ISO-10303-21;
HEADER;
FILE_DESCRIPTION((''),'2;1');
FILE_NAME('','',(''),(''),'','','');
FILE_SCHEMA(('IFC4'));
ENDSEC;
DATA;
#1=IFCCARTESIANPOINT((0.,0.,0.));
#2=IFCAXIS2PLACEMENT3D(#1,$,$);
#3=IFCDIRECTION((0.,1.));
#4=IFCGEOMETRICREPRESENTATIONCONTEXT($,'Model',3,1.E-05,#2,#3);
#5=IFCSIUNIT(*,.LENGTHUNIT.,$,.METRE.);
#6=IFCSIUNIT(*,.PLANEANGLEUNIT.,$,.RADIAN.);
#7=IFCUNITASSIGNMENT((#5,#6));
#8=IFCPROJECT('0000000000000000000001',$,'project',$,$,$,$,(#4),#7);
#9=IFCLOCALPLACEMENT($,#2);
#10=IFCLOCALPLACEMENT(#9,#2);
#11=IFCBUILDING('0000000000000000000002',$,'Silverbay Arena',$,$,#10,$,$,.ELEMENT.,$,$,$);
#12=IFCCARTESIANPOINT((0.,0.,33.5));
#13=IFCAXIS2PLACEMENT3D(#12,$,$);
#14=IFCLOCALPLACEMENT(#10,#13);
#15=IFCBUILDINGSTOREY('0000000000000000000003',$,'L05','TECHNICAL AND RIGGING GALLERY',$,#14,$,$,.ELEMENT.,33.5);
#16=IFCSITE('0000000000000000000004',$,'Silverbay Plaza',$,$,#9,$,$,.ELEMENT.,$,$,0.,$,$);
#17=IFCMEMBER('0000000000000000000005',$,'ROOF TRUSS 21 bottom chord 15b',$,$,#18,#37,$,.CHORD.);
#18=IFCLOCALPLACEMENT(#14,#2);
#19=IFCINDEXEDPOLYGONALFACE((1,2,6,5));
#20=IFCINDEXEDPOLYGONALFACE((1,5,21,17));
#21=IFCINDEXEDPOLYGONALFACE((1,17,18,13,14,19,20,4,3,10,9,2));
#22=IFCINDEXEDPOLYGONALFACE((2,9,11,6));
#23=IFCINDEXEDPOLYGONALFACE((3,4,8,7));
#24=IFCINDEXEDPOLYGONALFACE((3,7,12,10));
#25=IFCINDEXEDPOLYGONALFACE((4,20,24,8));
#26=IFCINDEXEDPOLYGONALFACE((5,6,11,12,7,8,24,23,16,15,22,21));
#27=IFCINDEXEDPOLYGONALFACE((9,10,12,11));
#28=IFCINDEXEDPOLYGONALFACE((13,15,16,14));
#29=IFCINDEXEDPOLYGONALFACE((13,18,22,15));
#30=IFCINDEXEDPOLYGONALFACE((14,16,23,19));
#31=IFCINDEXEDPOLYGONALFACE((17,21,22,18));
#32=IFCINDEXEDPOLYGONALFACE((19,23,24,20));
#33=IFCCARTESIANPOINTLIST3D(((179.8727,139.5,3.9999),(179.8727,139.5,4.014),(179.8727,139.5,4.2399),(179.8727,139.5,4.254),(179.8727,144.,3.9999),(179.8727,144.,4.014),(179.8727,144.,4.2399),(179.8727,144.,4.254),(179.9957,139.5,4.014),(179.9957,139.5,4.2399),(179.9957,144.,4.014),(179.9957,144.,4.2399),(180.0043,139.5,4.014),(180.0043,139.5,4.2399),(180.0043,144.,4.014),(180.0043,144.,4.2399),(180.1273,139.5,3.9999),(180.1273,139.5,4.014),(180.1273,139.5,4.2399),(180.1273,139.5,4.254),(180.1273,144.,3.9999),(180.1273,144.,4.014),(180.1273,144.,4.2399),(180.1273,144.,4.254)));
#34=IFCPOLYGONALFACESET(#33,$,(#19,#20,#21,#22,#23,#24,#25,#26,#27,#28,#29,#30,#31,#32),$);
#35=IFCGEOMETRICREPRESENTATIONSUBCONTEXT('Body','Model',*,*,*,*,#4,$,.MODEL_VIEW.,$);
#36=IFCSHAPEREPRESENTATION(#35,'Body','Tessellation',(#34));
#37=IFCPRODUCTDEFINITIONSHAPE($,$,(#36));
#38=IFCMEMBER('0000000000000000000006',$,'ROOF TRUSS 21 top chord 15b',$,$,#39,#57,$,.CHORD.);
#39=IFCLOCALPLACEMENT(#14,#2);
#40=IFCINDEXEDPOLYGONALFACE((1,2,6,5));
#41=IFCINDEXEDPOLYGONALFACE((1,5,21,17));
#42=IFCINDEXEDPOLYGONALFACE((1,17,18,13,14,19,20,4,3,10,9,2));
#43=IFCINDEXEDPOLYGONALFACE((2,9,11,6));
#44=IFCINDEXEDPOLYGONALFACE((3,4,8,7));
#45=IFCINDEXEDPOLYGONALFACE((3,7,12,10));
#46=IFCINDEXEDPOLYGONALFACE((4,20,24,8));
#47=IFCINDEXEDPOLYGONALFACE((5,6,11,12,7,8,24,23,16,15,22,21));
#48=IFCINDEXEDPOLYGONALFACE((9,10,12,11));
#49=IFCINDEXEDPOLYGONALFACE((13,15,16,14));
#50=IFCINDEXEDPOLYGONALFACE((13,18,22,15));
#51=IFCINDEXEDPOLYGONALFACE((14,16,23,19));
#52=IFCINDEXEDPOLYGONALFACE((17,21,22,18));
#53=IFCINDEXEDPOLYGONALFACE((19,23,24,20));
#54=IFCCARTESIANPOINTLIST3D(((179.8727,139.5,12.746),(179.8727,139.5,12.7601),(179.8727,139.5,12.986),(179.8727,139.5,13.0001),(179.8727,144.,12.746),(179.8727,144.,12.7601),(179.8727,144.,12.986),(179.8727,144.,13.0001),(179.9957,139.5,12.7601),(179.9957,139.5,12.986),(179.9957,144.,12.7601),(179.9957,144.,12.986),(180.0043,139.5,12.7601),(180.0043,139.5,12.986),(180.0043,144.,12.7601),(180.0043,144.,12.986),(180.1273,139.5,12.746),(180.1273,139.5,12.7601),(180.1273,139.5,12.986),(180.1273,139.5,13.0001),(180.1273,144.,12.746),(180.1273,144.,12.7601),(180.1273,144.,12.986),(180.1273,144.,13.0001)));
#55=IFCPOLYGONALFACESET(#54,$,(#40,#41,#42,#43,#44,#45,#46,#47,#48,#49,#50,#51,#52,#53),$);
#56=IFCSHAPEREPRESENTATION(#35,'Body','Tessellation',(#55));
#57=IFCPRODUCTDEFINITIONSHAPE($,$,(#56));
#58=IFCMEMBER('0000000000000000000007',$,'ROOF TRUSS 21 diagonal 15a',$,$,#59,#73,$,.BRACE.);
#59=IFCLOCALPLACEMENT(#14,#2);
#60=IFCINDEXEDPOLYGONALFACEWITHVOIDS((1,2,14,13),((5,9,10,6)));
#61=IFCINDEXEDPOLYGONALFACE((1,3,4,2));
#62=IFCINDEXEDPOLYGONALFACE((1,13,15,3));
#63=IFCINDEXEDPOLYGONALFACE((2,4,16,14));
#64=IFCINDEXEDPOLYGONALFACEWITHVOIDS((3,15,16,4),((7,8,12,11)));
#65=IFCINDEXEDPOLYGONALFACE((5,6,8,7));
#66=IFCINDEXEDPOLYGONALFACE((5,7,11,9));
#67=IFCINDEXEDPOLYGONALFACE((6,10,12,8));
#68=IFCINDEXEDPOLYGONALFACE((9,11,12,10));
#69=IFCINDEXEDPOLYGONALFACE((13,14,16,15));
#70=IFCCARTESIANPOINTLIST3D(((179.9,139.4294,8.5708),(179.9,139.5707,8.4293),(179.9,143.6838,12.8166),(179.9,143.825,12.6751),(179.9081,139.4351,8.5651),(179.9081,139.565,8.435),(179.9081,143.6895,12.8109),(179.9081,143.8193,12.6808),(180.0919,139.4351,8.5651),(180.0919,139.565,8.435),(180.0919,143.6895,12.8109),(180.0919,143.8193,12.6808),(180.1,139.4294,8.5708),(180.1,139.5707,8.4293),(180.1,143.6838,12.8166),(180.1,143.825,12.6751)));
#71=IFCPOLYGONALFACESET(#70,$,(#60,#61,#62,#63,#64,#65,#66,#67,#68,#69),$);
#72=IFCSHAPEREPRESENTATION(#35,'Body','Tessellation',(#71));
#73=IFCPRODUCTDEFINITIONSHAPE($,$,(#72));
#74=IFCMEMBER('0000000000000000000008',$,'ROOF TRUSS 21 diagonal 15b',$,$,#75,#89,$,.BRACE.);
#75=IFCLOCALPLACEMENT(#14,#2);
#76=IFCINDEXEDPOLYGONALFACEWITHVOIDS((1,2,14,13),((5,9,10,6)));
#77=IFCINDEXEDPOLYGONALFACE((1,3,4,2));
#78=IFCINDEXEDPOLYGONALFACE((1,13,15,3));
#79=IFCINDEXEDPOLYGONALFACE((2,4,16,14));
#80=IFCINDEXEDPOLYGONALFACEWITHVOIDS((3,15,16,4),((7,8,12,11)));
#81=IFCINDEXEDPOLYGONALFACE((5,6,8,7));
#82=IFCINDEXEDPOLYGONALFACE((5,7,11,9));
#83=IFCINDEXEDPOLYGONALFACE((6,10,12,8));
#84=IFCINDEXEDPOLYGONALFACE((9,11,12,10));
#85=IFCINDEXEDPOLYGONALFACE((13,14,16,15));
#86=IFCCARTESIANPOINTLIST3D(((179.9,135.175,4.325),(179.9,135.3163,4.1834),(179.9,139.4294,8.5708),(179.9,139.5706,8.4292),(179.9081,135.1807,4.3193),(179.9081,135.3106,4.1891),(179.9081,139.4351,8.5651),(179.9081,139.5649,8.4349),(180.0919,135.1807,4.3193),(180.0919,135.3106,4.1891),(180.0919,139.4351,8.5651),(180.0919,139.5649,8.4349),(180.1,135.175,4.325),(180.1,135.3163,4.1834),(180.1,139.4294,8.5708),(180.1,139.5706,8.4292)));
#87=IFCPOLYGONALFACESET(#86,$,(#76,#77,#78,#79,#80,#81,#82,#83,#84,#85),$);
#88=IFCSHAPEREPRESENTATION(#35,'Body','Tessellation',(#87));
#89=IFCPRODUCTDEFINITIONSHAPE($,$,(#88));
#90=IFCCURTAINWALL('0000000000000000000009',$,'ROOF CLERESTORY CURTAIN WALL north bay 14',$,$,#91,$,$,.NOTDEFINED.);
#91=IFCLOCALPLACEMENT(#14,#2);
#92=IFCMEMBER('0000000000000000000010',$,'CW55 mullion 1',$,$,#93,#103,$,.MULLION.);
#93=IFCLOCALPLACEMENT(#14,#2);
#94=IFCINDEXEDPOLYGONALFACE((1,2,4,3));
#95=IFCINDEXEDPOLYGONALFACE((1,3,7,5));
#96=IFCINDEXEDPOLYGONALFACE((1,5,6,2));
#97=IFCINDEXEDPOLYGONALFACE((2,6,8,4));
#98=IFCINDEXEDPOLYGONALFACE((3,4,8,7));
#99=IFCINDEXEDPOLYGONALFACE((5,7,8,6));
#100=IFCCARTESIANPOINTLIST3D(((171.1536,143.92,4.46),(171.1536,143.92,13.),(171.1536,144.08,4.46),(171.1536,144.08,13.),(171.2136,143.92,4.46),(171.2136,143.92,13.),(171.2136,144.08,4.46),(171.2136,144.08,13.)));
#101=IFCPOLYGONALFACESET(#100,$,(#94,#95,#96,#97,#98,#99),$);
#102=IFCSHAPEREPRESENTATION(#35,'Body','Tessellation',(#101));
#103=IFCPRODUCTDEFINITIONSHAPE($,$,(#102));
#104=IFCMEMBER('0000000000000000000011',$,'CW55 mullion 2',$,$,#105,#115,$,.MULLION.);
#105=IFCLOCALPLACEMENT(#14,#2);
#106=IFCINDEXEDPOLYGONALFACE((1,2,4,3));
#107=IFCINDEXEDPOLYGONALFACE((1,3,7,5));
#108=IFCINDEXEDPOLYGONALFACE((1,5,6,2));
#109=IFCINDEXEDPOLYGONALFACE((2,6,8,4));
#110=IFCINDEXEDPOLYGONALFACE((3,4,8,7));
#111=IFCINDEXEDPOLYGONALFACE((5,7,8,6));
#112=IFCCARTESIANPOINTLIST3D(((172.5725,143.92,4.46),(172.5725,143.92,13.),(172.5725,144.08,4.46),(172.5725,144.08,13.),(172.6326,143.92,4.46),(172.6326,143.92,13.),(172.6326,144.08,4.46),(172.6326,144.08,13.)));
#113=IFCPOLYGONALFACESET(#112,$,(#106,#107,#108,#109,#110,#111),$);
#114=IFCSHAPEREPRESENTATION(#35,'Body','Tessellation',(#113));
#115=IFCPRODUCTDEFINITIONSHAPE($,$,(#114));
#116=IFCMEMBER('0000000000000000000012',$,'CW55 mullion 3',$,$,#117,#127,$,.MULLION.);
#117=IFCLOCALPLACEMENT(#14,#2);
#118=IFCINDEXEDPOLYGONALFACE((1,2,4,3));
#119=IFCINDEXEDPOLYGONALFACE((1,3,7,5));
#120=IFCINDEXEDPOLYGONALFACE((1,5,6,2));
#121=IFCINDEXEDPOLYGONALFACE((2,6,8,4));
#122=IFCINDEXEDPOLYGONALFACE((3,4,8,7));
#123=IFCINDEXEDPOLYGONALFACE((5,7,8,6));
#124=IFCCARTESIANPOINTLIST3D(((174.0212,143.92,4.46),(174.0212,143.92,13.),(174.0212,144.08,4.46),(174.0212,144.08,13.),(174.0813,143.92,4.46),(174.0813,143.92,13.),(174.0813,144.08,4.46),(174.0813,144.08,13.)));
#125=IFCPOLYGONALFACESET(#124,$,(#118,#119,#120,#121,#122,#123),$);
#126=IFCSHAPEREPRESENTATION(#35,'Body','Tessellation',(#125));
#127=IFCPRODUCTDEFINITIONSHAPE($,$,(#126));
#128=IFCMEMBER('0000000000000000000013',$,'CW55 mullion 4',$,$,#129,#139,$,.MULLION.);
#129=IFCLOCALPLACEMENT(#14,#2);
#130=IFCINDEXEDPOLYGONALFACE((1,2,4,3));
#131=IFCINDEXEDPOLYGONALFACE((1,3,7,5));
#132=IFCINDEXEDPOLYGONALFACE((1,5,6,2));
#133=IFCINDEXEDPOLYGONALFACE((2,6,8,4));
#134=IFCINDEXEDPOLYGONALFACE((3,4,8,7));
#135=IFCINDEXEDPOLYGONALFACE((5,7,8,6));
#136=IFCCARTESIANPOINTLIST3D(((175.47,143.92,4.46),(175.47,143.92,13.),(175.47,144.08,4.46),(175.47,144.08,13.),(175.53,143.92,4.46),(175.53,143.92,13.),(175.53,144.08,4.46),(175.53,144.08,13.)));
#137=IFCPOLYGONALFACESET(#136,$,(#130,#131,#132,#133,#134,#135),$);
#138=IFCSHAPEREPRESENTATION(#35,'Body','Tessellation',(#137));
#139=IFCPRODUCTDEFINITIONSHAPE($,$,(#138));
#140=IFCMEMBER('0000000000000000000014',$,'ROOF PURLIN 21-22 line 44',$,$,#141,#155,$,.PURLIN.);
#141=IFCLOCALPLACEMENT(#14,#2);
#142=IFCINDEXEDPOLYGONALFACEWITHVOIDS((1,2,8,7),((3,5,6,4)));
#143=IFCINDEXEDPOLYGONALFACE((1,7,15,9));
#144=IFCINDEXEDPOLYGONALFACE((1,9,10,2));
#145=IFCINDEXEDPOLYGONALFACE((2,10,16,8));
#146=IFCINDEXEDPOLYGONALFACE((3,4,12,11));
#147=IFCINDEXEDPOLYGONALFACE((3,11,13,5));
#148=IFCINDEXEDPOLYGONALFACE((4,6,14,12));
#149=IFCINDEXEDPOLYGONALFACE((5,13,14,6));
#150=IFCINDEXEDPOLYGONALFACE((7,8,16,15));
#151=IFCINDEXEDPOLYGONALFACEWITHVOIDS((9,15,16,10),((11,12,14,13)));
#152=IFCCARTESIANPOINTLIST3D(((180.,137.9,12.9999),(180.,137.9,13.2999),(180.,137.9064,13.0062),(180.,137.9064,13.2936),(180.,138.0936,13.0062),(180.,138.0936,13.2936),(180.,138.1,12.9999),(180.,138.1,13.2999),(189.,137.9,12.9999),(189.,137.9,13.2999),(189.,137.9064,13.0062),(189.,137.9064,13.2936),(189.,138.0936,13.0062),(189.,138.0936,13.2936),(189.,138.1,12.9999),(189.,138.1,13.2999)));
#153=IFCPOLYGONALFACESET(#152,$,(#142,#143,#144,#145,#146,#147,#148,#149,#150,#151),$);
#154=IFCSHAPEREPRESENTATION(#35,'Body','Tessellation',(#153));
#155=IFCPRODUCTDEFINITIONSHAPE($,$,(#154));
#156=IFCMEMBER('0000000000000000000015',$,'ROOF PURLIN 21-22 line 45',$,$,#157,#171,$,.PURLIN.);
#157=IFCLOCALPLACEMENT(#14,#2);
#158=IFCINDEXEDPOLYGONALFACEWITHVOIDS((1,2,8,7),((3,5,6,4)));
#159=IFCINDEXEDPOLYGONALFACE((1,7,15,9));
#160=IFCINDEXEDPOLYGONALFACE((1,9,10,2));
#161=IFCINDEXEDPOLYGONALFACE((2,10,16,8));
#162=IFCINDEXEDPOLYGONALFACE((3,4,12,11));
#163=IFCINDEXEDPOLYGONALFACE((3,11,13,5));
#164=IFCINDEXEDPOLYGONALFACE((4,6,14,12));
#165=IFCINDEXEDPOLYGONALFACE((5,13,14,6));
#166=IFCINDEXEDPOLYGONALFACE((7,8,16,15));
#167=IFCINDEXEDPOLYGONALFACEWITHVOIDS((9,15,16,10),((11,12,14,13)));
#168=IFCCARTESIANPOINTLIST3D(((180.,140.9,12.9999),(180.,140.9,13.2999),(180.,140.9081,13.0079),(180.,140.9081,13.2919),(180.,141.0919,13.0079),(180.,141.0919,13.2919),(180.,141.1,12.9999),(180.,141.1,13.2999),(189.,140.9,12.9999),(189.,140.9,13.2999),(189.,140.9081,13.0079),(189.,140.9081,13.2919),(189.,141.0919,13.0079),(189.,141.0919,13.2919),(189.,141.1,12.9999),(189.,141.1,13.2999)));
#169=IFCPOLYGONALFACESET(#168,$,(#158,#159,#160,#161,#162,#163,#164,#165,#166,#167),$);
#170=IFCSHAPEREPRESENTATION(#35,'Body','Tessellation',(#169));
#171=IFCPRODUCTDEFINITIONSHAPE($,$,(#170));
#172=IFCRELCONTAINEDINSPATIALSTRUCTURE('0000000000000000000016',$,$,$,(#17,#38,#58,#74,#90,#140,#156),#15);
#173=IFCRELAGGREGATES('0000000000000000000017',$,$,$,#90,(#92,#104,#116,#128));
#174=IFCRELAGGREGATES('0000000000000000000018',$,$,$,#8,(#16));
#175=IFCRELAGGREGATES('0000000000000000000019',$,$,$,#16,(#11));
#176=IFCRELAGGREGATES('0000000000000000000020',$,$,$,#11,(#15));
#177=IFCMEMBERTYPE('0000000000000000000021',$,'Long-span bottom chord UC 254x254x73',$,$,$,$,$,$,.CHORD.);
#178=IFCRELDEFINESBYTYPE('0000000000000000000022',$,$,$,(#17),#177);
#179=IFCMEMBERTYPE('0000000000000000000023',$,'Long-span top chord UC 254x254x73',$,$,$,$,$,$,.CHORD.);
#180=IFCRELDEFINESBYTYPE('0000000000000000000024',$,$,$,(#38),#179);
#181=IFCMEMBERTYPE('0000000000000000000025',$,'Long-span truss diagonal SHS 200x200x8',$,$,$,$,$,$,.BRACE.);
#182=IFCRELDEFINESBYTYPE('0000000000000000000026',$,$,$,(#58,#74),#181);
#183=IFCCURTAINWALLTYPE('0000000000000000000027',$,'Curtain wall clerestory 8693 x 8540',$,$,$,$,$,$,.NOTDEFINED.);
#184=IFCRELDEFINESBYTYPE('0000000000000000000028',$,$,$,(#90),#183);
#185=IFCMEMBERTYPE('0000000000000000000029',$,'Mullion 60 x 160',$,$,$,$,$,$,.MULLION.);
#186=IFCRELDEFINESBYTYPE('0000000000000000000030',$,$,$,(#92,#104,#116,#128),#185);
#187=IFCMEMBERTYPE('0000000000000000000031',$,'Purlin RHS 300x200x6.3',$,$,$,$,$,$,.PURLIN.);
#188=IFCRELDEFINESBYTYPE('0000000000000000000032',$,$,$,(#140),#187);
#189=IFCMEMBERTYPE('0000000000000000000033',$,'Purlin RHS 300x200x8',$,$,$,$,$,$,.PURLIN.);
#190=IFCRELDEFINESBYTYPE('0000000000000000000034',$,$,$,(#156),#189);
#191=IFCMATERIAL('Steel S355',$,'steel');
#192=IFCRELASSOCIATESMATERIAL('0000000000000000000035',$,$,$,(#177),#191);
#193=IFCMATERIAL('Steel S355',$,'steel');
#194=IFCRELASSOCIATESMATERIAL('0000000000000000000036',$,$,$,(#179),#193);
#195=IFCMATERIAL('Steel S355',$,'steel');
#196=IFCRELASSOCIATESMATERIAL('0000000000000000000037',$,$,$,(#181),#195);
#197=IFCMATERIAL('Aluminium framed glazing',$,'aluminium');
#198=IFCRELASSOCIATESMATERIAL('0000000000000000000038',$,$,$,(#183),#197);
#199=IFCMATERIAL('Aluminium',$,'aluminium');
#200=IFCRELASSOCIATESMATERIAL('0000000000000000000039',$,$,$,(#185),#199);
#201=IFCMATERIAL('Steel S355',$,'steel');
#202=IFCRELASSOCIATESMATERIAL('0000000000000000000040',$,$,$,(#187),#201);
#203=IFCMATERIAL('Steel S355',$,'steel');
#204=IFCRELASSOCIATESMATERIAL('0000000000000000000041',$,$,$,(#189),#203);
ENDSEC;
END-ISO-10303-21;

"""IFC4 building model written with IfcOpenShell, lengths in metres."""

from ifc_helpers import new_model, si_unit, direction, frame, origin, origin_2d, place, context, subcontext, project, spatial, rectangle, hollow_rectangle, i_section, extrude, material, material_profile, profile_set, type_object, element, aggregate, save


model = new_model("IFC4")

# Units and contexts
model_context = context("Model", 3, precision=1e-05, world=origin(), true_north=direction((0.0, 1.0)))
body_context = subcontext(model_context, "Body", "Model", "MODEL_VIEW")
ifc_project = project(units=[si_unit("LENGTHUNIT", "METRE"), si_unit("PLANEANGLEUNIT", "RADIAN")], contexts=[model_context])

# Site, building, storey
site_placement = place(None, origin())
site = spatial("IfcSite", under=ifc_project, at=site_placement, Name="Silverbay Plaza", CompositionType="ELEMENT", RefElevation=0.0)
building_placement = place(site_placement, origin())
building = spatial("IfcBuilding", under=site, at=building_placement, Name="Silverbay Arena", CompositionType="ELEMENT")
storey_placement = place(building_placement, frame((0.0, 0.0, 33.5)))
storey = spatial("IfcBuildingStorey", under=building, at=storey_placement, Name="L05", Description="TECHNICAL AND RIGGING GALLERY", CompositionType="ELEMENT", Elevation=33.5)

# Members
ifc_material_1 = material(Name="Steel S355", Category="steel")
ifc_material_profile_1 = material_profile(ifc_material_1, i_section(OverallWidth=0.2546, OverallDepth=0.2542, WebThickness=0.0085, FlangeThickness=0.0142, at=origin_2d()), Name="UC 254x254x73")
ifc_profile_set_1 = profile_set([ifc_material_profile_1], Name="Steel S355")
member_type_1 = type_object("IfcMemberType", Name="Long-span bottom chord UC 254x254x73", PredefinedType="CHORD", material=ifc_profile_set_1)
member_1_placement = place(storey_placement, frame((180.0, 139.5, 4.127), z_axis=(0.0, 1.0, 0.0), x_axis=(-1.0, 0.0, 0.0)))
element("IfcMember", 1, at=member_1_placement, inside=storey, type_object=member_type_1, Name="ROOF TRUSS 21 bottom chord 15b", PredefinedType="CHORD", context=body_context, shape_type="SweptSolid", body=[
    extrude(i_section(OverallWidth=0.2546, OverallDepth=0.2542, WebThickness=0.0085, FlangeThickness=0.0142, at=origin_2d()), origin(), (0.0, 0.0, 1.0), 4.5),
])
ifc_material_2 = material(Name="Steel S355", Category="steel")
ifc_material_profile_2 = material_profile(ifc_material_2, i_section(OverallWidth=0.2546, OverallDepth=0.2542, WebThickness=0.0085, FlangeThickness=0.0142, at=origin_2d()), Name="UC 254x254x73")
ifc_profile_set_2 = profile_set([ifc_material_profile_2], Name="Steel S355")
member_type_2 = type_object("IfcMemberType", Name="Long-span top chord UC 254x254x73", PredefinedType="CHORD", material=ifc_profile_set_2)
member_2_placement = place(storey_placement, frame((180.0, 139.5, 12.873), z_axis=(0.0, 1.0, 0.0), x_axis=(-1.0, 0.0, 0.0)))
element("IfcMember", 2, at=member_2_placement, inside=storey, type_object=member_type_2, Name="ROOF TRUSS 21 top chord 15b", PredefinedType="CHORD", context=body_context, shape_type="SweptSolid", body=[
    extrude(i_section(OverallWidth=0.2546, OverallDepth=0.2542, WebThickness=0.0085, FlangeThickness=0.0142, at=origin_2d()), origin(), (0.0, 0.0, 1.0), 4.5),
])
ifc_material_3 = material(Name="Steel S355", Category="steel")
ifc_material_profile_3 = material_profile(ifc_material_3, hollow_rectangle(XDim=0.2, YDim=0.2, WallThickness=0.0081, at=origin_2d()), Name="SHS 200x200x8")
ifc_profile_set_3 = profile_set([ifc_material_profile_3], Name="Steel S355")
member_type_3 = type_object("IfcMemberType", Name="Long-span truss diagonal SHS 200x200x8", PredefinedType="BRACE", material=ifc_profile_set_3)
for number, where, z_axis, x_axis, name in (
    (3, (180.0, 143.7544, 12.7458), (0.0, -0.707817, -0.706396), (1.0, 0.0, 0.0), "ROOF TRUSS 21 diagonal 15a"),
    (4, (180.0, 139.5, 8.5), (0.0, -0.707817, -0.706396), (1.0, 0.0, 0.0), "ROOF TRUSS 21 diagonal 15b"),
):
    element("IfcMember", number, at=place(storey_placement, frame(where, z_axis=z_axis, x_axis=x_axis)), inside=storey, type_object=member_type_3, Name=name, PredefinedType="BRACE", context=body_context, shape_type="SweptSolid", body=[
        extrude(hollow_rectangle(XDim=0.2, YDim=0.2, WallThickness=0.0081, at=origin_2d()), origin(), (0.0, 0.0, 1.0), 6.0105),
    ])

# Curtain wall, members
ifc_material_4 = material(Name="Aluminium framed glazing", Category="aluminium")
curtain_wall_type = type_object("IfcCurtainWallType", Name="Curtain wall clerestory 8693 x 8540", PredefinedType="NOTDEFINED", material=ifc_material_4)
curtain_wall_placement = place(storey_placement, origin())
curtain_wall = element("IfcCurtainWall", 5, at=curtain_wall_placement, inside=storey, type_object=curtain_wall_type, Name="ROOF CLERESTORY CURTAIN WALL north bay 14", PredefinedType="NOTDEFINED")
ifc_material_5 = material(Name="Aluminium", Category="aluminium")
ifc_material_profile_4 = material_profile(ifc_material_5, rectangle(XDim=0.1599, YDim=0.0601, at=origin_2d()), Name="Mullion 60 x 160")
ifc_profile_set_4 = profile_set([ifc_material_profile_4], Name="Aluminium")
member_type_4 = type_object("IfcMemberType", Name="Mullion 60 x 160", PredefinedType="MULLION", material=ifc_profile_set_4)
member_3_placement = place(storey_placement, frame((171.1836, 144.0, 4.46), z_axis=(0.0, 0.0, 1.0), x_axis=(0.0, 1.0, 0.0)))
member_3 = element("IfcMember", 6, at=member_3_placement, type_object=member_type_4, Name="CW55 mullion 1", PredefinedType="MULLION", context=body_context, shape_type="SweptSolid", body=[
    extrude(rectangle(XDim=0.1599, YDim=0.0601, at=origin_2d()), origin(), (0.0, 0.0, 1.0), 8.54),
])
member_4_placement = place(storey_placement, frame((172.6025, 144.0, 4.46), z_axis=(0.0, 0.0, 1.0), x_axis=(0.0, 1.0, 0.0)))
member_4 = element("IfcMember", 7, at=member_4_placement, type_object=member_type_4, Name="CW55 mullion 2", PredefinedType="MULLION", context=body_context, shape_type="SweptSolid", body=[
    extrude(rectangle(XDim=0.1599, YDim=0.0601, at=origin_2d()), origin(), (0.0, 0.0, 1.0), 8.54),
])
member_5_placement = place(storey_placement, frame((174.0513, 144.0, 4.46), z_axis=(0.0, 0.0, 1.0), x_axis=(0.0, 1.0, 0.0)))
member_5 = element("IfcMember", 8, at=member_5_placement, type_object=member_type_4, Name="CW55 mullion 3", PredefinedType="MULLION", context=body_context, shape_type="SweptSolid", body=[
    extrude(rectangle(XDim=0.1599, YDim=0.0601, at=origin_2d()), origin(), (0.0, 0.0, 1.0), 8.54),
])
member_6_placement = place(storey_placement, frame((175.5, 144.0, 4.46), z_axis=(0.0, 0.0, 1.0), x_axis=(0.0, 1.0, 0.0)))
member_6 = element("IfcMember", 9, at=member_6_placement, type_object=member_type_4, Name="CW55 mullion 4", PredefinedType="MULLION", context=body_context, shape_type="SweptSolid", body=[
    extrude(rectangle(XDim=0.1599, YDim=0.0601, at=origin_2d()), origin(), (0.0, 0.0, 1.0), 8.54),
])

# Members
ifc_material_6 = material(Name="Steel S355", Category="steel")
ifc_material_profile_5 = material_profile(ifc_material_6, hollow_rectangle(XDim=0.2, YDim=0.3, WallThickness=0.0063, at=origin_2d()), Name="RHS 300x200x6.3")
ifc_profile_set_5 = profile_set([ifc_material_profile_5], Name="Steel S355")
member_type_5 = type_object("IfcMemberType", Name="Purlin RHS 300x200x6.3", PredefinedType="PURLIN", material=ifc_profile_set_5)
member_7_placement = place(storey_placement, frame((180.0, 138.0, 13.1499), z_axis=(1.0, 0.0, 0.0), x_axis=(0.0, 1.0, 0.0)))
element("IfcMember", 10, at=member_7_placement, inside=storey, type_object=member_type_5, Name="ROOF PURLIN 21-22 line 44", PredefinedType="PURLIN", context=body_context, shape_type="SweptSolid", body=[
    extrude(hollow_rectangle(XDim=0.2, YDim=0.3, WallThickness=0.0063, at=origin_2d()), origin(), (0.0, 0.0, 1.0), 9.0),
])
ifc_material_7 = material(Name="Steel S355", Category="steel")
ifc_material_profile_6 = material_profile(ifc_material_7, hollow_rectangle(XDim=0.2, YDim=0.3, WallThickness=0.0081, at=origin_2d()), Name="RHS 300x200x8")
ifc_profile_set_6 = profile_set([ifc_material_profile_6], Name="Steel S355")
member_type_6 = type_object("IfcMemberType", Name="Purlin RHS 300x200x8", PredefinedType="PURLIN", material=ifc_profile_set_6)
member_8_placement = place(storey_placement, frame((180.0, 141.0, 13.1499), z_axis=(1.0, 0.0, 0.0), x_axis=(0.0, 1.0, 0.0)))
element("IfcMember", 11, at=member_8_placement, inside=storey, type_object=member_type_6, Name="ROOF PURLIN 21-22 line 45", PredefinedType="PURLIN", context=body_context, shape_type="SweptSolid", body=[
    extrude(hollow_rectangle(XDim=0.2, YDim=0.3, WallThickness=0.0081, at=origin_2d()), origin(), (0.0, 0.0, 1.0), 9.0),
])

aggregate(curtain_wall, [member_3, member_4, member_5, member_6])

save(model, "model.ifc")
